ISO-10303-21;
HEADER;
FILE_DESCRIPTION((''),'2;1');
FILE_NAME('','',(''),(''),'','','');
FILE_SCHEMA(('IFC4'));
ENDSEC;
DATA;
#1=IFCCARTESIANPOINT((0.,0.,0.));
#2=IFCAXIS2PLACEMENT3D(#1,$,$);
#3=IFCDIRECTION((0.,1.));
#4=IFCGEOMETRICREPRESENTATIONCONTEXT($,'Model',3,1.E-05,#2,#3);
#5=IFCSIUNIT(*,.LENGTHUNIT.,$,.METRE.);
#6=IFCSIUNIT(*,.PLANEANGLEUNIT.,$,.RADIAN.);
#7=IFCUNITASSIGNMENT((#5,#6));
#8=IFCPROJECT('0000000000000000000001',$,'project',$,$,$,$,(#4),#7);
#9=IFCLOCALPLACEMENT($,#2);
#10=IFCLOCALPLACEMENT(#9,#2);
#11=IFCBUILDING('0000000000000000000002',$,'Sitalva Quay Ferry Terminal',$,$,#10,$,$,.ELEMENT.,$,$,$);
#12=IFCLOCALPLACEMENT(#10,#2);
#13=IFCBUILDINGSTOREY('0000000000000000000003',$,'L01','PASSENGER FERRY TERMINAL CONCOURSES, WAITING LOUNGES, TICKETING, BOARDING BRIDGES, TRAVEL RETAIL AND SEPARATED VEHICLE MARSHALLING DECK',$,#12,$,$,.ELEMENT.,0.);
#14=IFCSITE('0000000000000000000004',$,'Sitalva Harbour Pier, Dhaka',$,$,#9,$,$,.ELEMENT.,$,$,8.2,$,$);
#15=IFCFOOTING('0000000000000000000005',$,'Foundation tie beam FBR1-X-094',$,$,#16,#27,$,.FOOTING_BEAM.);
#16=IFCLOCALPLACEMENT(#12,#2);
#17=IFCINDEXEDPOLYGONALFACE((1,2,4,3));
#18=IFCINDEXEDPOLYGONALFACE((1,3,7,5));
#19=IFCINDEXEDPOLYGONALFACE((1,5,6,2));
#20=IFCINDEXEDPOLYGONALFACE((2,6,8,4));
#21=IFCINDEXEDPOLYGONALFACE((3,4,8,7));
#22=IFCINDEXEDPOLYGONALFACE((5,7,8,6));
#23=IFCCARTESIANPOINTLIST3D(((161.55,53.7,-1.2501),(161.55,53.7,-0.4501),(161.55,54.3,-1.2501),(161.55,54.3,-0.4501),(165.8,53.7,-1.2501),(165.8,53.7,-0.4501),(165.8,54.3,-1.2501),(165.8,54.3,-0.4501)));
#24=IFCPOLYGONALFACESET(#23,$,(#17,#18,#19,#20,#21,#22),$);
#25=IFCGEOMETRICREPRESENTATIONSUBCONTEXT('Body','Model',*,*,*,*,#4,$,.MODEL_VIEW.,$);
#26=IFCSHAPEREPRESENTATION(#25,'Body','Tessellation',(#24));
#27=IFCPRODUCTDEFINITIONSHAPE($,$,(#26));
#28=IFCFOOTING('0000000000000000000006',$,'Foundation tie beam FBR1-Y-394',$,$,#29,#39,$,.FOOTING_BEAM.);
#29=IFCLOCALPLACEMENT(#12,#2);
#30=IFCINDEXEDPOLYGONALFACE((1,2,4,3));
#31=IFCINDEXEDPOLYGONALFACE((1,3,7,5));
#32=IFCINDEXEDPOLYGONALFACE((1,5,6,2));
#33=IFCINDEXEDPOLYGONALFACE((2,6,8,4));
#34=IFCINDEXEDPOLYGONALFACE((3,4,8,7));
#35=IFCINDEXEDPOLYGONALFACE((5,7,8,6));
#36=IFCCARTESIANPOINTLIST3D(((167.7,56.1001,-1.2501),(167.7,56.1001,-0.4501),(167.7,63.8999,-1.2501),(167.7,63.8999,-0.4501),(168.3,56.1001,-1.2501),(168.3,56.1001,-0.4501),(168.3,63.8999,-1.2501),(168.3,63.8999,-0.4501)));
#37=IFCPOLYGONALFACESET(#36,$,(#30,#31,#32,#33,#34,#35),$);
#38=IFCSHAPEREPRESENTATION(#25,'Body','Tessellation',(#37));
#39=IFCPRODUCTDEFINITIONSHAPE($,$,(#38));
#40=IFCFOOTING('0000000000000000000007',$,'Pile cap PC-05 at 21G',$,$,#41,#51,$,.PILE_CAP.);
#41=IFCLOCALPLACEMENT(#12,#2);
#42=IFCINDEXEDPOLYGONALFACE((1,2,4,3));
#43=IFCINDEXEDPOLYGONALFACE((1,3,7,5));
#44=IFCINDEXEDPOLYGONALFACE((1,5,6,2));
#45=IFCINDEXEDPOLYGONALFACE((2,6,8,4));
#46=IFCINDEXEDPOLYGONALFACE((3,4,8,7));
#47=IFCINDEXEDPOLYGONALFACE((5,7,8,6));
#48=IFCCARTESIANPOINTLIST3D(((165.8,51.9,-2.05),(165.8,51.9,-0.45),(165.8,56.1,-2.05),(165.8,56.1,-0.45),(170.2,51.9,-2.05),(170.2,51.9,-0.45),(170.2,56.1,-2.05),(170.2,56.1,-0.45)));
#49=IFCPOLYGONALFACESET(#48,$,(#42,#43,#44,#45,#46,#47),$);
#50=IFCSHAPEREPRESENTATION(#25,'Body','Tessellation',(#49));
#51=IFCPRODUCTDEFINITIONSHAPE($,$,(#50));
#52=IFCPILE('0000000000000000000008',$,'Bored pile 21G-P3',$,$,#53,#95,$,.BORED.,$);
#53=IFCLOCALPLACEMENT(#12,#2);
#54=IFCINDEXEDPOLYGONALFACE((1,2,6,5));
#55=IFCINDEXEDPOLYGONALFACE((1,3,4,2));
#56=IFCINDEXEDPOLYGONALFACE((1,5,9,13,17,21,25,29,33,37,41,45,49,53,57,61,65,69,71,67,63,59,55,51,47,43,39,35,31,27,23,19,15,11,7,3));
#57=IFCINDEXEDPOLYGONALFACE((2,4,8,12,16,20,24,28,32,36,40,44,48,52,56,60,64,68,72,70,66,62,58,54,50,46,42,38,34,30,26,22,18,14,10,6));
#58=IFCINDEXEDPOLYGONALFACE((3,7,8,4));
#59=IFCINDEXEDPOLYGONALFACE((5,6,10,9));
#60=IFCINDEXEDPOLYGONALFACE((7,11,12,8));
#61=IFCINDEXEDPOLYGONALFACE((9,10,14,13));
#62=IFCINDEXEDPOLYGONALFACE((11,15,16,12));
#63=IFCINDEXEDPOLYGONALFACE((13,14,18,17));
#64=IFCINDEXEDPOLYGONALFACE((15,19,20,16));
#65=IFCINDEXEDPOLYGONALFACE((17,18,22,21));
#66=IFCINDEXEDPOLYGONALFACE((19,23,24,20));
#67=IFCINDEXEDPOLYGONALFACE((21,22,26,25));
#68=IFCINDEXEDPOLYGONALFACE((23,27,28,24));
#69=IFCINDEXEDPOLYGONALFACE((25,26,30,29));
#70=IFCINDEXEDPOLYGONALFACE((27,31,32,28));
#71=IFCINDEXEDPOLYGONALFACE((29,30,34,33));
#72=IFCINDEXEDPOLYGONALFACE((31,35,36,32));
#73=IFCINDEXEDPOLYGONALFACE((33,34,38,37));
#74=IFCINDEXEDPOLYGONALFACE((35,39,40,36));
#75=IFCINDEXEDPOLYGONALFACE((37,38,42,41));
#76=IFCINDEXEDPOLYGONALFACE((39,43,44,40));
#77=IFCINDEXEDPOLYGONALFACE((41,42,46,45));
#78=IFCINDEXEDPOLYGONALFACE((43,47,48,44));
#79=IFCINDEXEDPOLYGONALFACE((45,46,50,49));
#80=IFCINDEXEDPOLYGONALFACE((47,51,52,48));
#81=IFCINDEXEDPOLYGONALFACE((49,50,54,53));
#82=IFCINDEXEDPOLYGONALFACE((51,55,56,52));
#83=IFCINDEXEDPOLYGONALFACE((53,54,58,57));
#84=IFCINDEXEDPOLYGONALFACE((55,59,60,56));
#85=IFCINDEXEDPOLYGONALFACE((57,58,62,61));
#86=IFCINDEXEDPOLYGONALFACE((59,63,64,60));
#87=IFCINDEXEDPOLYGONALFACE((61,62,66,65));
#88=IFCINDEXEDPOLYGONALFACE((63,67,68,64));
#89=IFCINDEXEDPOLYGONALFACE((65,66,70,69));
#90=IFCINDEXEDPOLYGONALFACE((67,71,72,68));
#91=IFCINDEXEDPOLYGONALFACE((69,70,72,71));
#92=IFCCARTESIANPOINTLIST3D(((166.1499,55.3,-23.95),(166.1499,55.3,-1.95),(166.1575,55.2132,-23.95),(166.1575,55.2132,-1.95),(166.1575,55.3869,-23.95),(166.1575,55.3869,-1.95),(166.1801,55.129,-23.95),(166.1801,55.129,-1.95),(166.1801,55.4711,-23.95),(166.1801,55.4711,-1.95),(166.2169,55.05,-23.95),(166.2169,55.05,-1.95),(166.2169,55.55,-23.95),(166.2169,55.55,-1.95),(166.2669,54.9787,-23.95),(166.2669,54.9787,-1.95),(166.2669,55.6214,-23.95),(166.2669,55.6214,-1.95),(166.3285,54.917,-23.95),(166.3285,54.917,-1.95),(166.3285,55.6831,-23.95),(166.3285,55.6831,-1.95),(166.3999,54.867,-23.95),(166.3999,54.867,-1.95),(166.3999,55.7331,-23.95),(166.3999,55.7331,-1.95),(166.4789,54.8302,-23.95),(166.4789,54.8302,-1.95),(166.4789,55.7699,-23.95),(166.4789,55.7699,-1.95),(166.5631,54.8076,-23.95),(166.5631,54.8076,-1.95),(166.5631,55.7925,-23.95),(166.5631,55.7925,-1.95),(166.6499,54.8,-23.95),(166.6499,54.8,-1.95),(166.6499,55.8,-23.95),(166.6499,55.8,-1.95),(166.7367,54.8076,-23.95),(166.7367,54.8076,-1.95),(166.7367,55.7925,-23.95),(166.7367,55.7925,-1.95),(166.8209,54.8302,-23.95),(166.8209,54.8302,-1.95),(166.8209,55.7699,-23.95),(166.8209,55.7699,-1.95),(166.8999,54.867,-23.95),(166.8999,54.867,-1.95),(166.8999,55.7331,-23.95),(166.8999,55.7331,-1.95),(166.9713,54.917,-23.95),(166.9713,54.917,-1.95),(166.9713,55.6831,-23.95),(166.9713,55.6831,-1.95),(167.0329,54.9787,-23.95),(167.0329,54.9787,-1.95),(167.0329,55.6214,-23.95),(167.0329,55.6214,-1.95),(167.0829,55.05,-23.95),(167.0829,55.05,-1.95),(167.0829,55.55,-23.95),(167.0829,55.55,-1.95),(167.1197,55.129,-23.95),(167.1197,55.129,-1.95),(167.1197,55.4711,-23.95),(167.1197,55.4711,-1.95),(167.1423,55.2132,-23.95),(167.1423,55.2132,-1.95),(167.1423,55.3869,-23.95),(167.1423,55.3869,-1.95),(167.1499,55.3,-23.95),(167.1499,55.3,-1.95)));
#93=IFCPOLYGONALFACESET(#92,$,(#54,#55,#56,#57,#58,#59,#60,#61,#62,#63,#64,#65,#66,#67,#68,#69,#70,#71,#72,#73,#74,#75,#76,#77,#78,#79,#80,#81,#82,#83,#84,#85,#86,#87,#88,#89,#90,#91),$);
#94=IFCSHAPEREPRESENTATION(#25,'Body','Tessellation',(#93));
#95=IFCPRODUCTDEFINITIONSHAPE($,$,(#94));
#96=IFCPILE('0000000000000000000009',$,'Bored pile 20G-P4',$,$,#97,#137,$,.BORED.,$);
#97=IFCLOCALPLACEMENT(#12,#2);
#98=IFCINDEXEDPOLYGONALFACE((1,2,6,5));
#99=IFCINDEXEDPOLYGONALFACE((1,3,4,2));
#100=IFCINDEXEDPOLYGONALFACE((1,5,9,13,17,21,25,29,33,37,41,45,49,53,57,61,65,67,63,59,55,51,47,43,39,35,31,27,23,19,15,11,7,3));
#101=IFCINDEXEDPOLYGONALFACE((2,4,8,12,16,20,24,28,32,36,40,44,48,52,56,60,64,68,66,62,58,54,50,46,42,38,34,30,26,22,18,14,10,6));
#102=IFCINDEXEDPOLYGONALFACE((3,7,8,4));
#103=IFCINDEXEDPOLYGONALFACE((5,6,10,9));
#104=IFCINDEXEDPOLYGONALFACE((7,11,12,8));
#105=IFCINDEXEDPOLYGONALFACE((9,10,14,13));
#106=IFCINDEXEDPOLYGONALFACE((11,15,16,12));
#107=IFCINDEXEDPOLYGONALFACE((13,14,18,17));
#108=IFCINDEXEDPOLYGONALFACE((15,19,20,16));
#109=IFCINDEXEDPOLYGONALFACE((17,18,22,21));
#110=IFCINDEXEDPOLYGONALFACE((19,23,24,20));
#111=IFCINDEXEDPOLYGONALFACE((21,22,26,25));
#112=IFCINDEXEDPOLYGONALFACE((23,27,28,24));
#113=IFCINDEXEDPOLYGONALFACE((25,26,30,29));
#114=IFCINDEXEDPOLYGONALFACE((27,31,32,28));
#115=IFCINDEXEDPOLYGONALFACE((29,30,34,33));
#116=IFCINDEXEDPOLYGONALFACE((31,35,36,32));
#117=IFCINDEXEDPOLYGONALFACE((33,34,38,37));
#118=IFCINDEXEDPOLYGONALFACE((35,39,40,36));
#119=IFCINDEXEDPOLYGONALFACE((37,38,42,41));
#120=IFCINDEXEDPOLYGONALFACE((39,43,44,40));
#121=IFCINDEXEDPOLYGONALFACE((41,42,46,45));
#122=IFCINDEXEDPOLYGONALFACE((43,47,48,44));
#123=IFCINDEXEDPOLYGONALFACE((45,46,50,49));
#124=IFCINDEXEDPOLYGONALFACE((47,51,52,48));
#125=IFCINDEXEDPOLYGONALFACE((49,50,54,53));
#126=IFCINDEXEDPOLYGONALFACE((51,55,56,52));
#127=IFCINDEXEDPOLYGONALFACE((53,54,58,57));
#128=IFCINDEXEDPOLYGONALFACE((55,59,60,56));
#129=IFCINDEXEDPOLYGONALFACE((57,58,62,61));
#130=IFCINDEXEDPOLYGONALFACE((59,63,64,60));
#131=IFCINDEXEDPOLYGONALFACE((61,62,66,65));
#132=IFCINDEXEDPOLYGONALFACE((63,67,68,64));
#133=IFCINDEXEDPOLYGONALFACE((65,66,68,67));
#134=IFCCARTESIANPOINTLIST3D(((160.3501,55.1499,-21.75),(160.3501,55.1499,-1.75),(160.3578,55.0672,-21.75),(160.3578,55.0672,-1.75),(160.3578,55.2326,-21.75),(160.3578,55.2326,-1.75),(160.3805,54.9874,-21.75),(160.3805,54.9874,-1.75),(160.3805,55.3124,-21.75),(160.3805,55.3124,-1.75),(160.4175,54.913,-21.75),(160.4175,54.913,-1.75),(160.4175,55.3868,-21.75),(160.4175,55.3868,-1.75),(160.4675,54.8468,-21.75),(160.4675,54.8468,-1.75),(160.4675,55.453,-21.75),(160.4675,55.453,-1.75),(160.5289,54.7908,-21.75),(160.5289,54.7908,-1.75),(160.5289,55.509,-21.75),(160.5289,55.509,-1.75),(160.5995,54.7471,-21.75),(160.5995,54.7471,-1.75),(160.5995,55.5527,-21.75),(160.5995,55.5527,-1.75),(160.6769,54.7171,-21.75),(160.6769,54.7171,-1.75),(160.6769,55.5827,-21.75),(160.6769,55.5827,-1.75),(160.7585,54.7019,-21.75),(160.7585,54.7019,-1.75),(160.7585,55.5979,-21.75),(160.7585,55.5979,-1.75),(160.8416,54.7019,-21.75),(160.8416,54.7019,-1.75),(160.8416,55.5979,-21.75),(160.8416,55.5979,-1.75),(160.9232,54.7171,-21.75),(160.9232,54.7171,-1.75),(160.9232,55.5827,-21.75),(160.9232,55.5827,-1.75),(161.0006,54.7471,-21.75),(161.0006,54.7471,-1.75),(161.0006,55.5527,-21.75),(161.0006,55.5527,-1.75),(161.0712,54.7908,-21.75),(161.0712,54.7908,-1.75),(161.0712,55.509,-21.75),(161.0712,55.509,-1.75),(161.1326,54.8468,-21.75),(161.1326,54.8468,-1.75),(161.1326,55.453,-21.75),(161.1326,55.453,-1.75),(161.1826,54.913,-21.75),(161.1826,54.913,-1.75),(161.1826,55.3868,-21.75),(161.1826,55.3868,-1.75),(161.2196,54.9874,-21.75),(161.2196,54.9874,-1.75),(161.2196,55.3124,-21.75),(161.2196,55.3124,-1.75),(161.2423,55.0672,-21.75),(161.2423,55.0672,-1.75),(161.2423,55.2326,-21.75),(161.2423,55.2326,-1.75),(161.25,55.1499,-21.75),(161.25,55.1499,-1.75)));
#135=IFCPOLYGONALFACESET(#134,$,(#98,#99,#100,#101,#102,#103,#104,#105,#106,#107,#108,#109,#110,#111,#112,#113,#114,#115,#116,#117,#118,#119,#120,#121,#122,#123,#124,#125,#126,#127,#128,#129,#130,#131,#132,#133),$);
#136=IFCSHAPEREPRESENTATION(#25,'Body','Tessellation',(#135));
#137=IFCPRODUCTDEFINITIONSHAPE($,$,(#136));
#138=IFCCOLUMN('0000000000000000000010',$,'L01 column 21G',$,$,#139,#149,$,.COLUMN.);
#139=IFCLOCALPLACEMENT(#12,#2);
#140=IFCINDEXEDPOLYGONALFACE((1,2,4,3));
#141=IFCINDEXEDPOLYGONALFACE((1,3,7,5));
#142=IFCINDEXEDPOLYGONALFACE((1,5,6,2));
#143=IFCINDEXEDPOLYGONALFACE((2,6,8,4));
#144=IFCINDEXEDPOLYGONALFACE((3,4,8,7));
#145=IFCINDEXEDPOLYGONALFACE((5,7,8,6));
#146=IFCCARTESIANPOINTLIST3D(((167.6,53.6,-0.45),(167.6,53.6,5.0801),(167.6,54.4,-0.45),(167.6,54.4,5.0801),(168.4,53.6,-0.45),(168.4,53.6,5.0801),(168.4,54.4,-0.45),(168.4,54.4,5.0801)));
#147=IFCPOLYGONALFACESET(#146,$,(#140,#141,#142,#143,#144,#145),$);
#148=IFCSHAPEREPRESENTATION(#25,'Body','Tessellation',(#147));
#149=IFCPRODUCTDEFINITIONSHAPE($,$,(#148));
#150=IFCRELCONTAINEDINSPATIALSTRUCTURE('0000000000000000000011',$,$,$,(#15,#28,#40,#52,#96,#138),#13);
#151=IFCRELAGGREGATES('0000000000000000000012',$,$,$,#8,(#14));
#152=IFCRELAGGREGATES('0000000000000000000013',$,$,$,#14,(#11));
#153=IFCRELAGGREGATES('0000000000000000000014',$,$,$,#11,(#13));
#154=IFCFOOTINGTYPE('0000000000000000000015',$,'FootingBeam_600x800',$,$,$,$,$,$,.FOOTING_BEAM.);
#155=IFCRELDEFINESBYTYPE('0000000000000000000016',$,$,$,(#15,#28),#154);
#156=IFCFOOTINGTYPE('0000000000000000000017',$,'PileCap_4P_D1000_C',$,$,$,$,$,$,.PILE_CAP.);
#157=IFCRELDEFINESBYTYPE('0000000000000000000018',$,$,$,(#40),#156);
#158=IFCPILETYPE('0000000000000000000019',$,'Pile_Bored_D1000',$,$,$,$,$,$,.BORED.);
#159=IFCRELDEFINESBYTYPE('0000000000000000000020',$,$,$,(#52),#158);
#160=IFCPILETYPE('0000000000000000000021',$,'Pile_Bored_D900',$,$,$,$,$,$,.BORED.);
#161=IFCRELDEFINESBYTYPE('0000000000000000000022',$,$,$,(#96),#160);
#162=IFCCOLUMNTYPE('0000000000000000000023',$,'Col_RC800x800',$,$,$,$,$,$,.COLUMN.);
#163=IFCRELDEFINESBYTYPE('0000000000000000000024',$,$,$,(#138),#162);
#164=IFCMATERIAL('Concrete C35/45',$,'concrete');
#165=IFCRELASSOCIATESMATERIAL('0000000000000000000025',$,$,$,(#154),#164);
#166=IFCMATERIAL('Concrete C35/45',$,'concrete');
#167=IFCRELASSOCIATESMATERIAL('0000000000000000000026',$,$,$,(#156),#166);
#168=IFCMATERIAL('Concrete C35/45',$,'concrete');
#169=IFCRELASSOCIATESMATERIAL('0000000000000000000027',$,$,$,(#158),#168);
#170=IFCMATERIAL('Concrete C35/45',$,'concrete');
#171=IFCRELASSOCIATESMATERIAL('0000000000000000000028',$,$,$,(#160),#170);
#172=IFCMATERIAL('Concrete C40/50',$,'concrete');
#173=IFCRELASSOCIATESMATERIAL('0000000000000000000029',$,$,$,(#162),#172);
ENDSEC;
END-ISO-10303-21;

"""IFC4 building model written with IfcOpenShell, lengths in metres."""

from ifc_helpers import new_model, si_unit, direction, frame, origin, origin_2d, place, context, subcontext, project, spatial, rectangle, circle, extrude, material, material_profile, profile_set, type_object, element, save


model = new_model("IFC4")

# Units and contexts
model_context = context("Model", 3, precision=1e-05, world=origin(), true_north=direction((0.0, 1.0)))
body_context = subcontext(model_context, "Body", "Model", "MODEL_VIEW")
ifc_project = project(units=[si_unit("LENGTHUNIT", "METRE"), si_unit("PLANEANGLEUNIT", "RADIAN")], contexts=[model_context])

# Site, building, storey
site_placement = place(None, origin())
site = spatial("IfcSite", under=ifc_project, at=site_placement, Name="Sitalva Harbour Pier, Dhaka", CompositionType="ELEMENT", RefElevation=8.2)
building_placement = place(site_placement, origin())
building = spatial("IfcBuilding", under=site, at=building_placement, Name="Sitalva Quay Ferry Terminal", CompositionType="ELEMENT")
storey_placement = place(building_placement, origin())
storey = spatial("IfcBuildingStorey", under=building, at=storey_placement, Name="L01", Description="PASSENGER FERRY TERMINAL CONCOURSES, WAITING LOUNGES, TICKETING, BOARDING BRIDGES, TRAVEL RETAIL AND SEPARATED VEHICLE MARSHALLING DECK", CompositionType="ELEMENT", Elevation=0.0)

# Footings
ifc_material_1 = material(Name="Concrete C35/45", Category="concrete")
ifc_material_profile_1 = material_profile(ifc_material_1, rectangle(XDim=0.6001, YDim=0.8, at=origin_2d()), Name="RC600x800")
ifc_profile_set_1 = profile_set([ifc_material_profile_1], Name="Concrete C35/45")
footing_type_1 = type_object("IfcFootingType", Name="FootingBeam_600x800", PredefinedType="FOOTING_BEAM", material=ifc_profile_set_1)
footing_1_placement = place(storey_placement, frame((161.55, 54.0, -0.8501), z_axis=(1.0, 0.0, 0.0), x_axis=(0.0, 1.0, 0.0)))
element("IfcFooting", 1, at=footing_1_placement, inside=storey, type_object=footing_type_1, Name="Foundation tie beam FBR1-X-094", PredefinedType="FOOTING_BEAM", context=body_context, shape_type="SweptSolid", body=[
    extrude(rectangle(XDim=0.6001, YDim=0.8, at=origin_2d()), origin(), (0.0, 0.0, 1.0), 4.25),
])
footing_2_placement = place(storey_placement, frame((168.0, 56.1001, -0.8501), z_axis=(0.0, 1.0, 0.0), x_axis=(-1.0, 0.0, 0.0)))
element("IfcFooting", 2, at=footing_2_placement, inside=storey, type_object=footing_type_1, Name="Foundation tie beam FBR1-Y-394", PredefinedType="FOOTING_BEAM", context=body_context, shape_type="SweptSolid", body=[
    extrude(rectangle(XDim=0.6001, YDim=0.8, at=origin_2d()), origin(), (0.0, 0.0, 1.0), 7.7998),
])
ifc_material_2 = material(Name="Concrete C35/45", Category="concrete")
footing_type_2 = type_object("IfcFootingType", Name="PileCap_4P_D1000_C", PredefinedType="PILE_CAP", material=ifc_material_2)
footing_3_placement = place(storey_placement, frame((168.0, 54.0, -2.05), z_axis=(0.0, 0.0, 1.0), x_axis=(1.0, 0.0, 0.0)))
element("IfcFooting", 3, at=footing_3_placement, inside=storey, type_object=footing_type_2, Name="Pile cap PC-05 at 21G", PredefinedType="PILE_CAP", context=body_context, shape_type="SweptSolid", body=[
    extrude(rectangle(XDim=4.3999, YDim=4.2, at=origin_2d()), origin(), (0.0, 0.0, 1.0), 1.6001),
])

# Piles
ifc_material_3 = material(Name="Concrete C35/45", Category="concrete")
ifc_material_profile_2 = material_profile(ifc_material_3, circle(Radius=0.5, at=origin_2d()), Name="PILE-D1000")
ifc_profile_set_2 = profile_set([ifc_material_profile_2], Name="Concrete C35/45")
pile_type_1 = type_object("IfcPileType", Name="Pile_Bored_D1000", PredefinedType="BORED", material=ifc_profile_set_2)
pile_1_placement = place(storey_placement, frame((166.6499, 55.3, -1.95), z_axis=(0.0, 0.0, -1.0), x_axis=(1.0, 0.0, 0.0)))
element("IfcPile", 4, at=pile_1_placement, inside=storey, type_object=pile_type_1, Name="Bored pile 21G-P3", PredefinedType="BORED", context=body_context, shape_type="SweptSolid", body=[
    extrude(circle(Radius=0.5, at=origin_2d()), origin(), (0.0, 0.0, 1.0), 22.0),
])
ifc_material_4 = material(Name="Concrete C35/45", Category="concrete")
ifc_material_profile_3 = material_profile(ifc_material_4, circle(Radius=0.45, at=origin_2d()), Name="PILE-D900")
ifc_profile_set_3 = profile_set([ifc_material_profile_3], Name="Concrete C35/45")
pile_type_2 = type_object("IfcPileType", Name="Pile_Bored_D900", PredefinedType="BORED", material=ifc_profile_set_3)
pile_2_placement = place(storey_placement, frame((160.8, 55.1499, -1.75), z_axis=(0.0, 0.0, -1.0), x_axis=(1.0, 0.0, 0.0)))
element("IfcPile", 5, at=pile_2_placement, inside=storey, type_object=pile_type_2, Name="Bored pile 20G-P4", PredefinedType="BORED", context=body_context, shape_type="SweptSolid", body=[
    extrude(circle(Radius=0.45, at=origin_2d()), origin(), (0.0, 0.0, 1.0), 20.0),
])

# Column
ifc_material_5 = material(Name="Concrete C40/50", Category="concrete")
ifc_material_profile_4 = material_profile(ifc_material_5, rectangle(XDim=0.8, YDim=0.8, at=origin_2d()), Name="RC800x800")
ifc_profile_set_4 = profile_set([ifc_material_profile_4], Name="Concrete C40/50")
column_type = type_object("IfcColumnType", Name="Col_RC800x800", PredefinedType="COLUMN", material=ifc_profile_set_4)
column_placement = place(storey_placement, frame((168.0, 54.0, -0.45), z_axis=(0.0, 0.0, 1.0), x_axis=(1.0, 0.0, 0.0)))
element("IfcColumn", 6, at=column_placement, inside=storey, type_object=column_type, Name="L01 column 21G", PredefinedType="COLUMN", context=body_context, shape_type="SweptSolid", body=[
    extrude(rectangle(XDim=0.8, YDim=0.8, at=origin_2d()), origin(), (0.0, 0.0, 1.0), 5.53),
])

save(model, "model.ifc")
